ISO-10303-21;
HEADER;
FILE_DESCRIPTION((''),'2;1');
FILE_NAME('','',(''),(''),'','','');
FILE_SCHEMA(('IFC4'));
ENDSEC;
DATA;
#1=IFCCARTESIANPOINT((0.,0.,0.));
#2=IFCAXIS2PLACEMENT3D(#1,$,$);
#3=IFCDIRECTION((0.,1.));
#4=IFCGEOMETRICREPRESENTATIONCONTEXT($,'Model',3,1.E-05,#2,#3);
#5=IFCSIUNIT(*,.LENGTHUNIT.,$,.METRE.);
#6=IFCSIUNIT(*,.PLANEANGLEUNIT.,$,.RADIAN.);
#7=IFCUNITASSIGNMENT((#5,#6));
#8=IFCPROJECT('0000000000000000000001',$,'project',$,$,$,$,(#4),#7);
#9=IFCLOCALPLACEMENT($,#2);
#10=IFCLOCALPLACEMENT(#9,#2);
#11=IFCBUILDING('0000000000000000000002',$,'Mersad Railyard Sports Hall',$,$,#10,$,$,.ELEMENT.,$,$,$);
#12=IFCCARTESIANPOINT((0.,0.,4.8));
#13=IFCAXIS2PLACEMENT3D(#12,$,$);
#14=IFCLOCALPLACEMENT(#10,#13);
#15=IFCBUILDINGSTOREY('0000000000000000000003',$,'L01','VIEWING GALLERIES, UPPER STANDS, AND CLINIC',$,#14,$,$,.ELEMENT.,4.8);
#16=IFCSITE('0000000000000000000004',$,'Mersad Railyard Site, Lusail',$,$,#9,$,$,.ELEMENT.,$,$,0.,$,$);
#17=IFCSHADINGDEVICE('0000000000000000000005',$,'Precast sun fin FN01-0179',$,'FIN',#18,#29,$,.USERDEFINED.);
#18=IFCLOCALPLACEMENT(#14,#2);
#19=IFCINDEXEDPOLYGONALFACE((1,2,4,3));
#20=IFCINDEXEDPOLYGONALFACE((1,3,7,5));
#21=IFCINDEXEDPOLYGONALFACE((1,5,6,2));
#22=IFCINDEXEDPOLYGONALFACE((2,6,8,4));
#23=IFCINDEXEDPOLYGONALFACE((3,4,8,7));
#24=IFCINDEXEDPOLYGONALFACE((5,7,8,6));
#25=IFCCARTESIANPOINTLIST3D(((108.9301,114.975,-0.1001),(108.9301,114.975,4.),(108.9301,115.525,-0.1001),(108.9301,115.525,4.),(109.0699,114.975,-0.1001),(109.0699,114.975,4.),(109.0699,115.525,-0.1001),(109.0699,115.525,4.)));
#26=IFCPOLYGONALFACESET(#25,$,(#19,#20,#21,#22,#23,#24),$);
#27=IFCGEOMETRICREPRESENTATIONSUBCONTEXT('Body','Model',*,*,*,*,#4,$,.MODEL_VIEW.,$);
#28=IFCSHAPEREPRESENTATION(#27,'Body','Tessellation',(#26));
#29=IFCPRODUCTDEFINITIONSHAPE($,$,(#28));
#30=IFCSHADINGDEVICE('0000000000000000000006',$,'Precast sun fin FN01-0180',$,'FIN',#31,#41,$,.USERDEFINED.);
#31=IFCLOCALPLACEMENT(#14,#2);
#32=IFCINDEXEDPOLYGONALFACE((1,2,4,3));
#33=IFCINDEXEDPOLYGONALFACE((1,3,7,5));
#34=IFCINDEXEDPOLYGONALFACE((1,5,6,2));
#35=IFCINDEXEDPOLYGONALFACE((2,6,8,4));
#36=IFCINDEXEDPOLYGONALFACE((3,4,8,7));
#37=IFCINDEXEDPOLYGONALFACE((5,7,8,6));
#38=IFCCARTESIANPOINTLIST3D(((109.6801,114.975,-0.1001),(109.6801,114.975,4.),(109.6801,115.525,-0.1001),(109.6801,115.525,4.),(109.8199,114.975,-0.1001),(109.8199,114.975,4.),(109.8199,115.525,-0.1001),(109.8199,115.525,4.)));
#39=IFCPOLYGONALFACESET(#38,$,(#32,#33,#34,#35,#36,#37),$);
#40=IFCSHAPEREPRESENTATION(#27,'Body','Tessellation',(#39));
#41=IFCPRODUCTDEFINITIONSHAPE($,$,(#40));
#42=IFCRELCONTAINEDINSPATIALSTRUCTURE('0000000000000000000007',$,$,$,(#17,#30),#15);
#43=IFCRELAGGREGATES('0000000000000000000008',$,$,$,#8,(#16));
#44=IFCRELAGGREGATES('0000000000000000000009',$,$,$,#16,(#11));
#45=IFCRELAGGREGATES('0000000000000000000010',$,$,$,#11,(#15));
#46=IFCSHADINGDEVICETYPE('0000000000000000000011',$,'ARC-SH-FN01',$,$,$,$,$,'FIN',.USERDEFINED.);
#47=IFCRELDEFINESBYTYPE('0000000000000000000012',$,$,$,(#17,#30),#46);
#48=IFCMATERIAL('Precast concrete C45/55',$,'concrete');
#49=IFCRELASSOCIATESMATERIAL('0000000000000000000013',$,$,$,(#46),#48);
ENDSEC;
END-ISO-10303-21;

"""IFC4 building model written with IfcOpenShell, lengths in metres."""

from ifc_helpers import new_model, si_unit, direction, frame, origin, origin_2d, place, context, subcontext, project, spatial, rectangle, extrude, material, type_object, element, save


model = new_model("IFC4")

# Units and contexts
model_context = context("Model", 3, precision=1e-05, world=origin(), true_north=direction((0.0, 1.0)))
body_context = subcontext(model_context, "Body", "Model", "MODEL_VIEW")
ifc_project = project(units=[si_unit("LENGTHUNIT", "METRE"), si_unit("PLANEANGLEUNIT", "RADIAN")], contexts=[model_context])

# Site, building, storey
site_placement = place(None, origin())
site = spatial("IfcSite", under=ifc_project, at=site_placement, Name="Mersad Railyard Site, Lusail", CompositionType="ELEMENT", RefElevation=0.0)
building_placement = place(site_placement, origin())
building = spatial("IfcBuilding", under=site, at=building_placement, Name="Mersad Railyard Sports Hall", CompositionType="ELEMENT")
storey_placement = place(building_placement, frame((0.0, 0.0, 4.8)))
storey = spatial("IfcBuildingStorey", under=building, at=storey_placement, Name="L01", Description="VIEWING GALLERIES, UPPER STANDS, AND CLINIC", CompositionType="ELEMENT", Elevation=4.8)

# Shading devices
ifc_material_1 = material(Name="Precast concrete C45/55", Category="concrete")
shading_device_type = type_object("IfcShadingDeviceType", Name="ARC-SH-FN01", ElementType="FIN", PredefinedType="USERDEFINED", material=ifc_material_1)
for number, where, z_axis, x_axis, name in (
    (1, (109.0, 115.25, -0.1001), (0.0, 0.0, 1.0), (1.0, 0.0, 0.0), "Precast sun fin FN01-0179"),
    (2, (109.75, 115.25, -0.1001), (0.0, 0.0, 1.0), (1.0, 0.0, 0.0), "Precast sun fin FN01-0180"),
):
    element("IfcShadingDevice", number, at=place(storey_placement, frame(where, z_axis=z_axis, x_axis=x_axis)), inside=storey, type_object=shading_device_type, Name=name, ObjectType="FIN", PredefinedType="USERDEFINED", context=body_context, shape_type="SweptSolid", body=[
        extrude(rectangle(XDim=0.1399, YDim=0.55, at=origin_2d()), origin(), (0.0, 0.0, 1.0), 4.1001),
    ])

save(model, "model.ifc")
